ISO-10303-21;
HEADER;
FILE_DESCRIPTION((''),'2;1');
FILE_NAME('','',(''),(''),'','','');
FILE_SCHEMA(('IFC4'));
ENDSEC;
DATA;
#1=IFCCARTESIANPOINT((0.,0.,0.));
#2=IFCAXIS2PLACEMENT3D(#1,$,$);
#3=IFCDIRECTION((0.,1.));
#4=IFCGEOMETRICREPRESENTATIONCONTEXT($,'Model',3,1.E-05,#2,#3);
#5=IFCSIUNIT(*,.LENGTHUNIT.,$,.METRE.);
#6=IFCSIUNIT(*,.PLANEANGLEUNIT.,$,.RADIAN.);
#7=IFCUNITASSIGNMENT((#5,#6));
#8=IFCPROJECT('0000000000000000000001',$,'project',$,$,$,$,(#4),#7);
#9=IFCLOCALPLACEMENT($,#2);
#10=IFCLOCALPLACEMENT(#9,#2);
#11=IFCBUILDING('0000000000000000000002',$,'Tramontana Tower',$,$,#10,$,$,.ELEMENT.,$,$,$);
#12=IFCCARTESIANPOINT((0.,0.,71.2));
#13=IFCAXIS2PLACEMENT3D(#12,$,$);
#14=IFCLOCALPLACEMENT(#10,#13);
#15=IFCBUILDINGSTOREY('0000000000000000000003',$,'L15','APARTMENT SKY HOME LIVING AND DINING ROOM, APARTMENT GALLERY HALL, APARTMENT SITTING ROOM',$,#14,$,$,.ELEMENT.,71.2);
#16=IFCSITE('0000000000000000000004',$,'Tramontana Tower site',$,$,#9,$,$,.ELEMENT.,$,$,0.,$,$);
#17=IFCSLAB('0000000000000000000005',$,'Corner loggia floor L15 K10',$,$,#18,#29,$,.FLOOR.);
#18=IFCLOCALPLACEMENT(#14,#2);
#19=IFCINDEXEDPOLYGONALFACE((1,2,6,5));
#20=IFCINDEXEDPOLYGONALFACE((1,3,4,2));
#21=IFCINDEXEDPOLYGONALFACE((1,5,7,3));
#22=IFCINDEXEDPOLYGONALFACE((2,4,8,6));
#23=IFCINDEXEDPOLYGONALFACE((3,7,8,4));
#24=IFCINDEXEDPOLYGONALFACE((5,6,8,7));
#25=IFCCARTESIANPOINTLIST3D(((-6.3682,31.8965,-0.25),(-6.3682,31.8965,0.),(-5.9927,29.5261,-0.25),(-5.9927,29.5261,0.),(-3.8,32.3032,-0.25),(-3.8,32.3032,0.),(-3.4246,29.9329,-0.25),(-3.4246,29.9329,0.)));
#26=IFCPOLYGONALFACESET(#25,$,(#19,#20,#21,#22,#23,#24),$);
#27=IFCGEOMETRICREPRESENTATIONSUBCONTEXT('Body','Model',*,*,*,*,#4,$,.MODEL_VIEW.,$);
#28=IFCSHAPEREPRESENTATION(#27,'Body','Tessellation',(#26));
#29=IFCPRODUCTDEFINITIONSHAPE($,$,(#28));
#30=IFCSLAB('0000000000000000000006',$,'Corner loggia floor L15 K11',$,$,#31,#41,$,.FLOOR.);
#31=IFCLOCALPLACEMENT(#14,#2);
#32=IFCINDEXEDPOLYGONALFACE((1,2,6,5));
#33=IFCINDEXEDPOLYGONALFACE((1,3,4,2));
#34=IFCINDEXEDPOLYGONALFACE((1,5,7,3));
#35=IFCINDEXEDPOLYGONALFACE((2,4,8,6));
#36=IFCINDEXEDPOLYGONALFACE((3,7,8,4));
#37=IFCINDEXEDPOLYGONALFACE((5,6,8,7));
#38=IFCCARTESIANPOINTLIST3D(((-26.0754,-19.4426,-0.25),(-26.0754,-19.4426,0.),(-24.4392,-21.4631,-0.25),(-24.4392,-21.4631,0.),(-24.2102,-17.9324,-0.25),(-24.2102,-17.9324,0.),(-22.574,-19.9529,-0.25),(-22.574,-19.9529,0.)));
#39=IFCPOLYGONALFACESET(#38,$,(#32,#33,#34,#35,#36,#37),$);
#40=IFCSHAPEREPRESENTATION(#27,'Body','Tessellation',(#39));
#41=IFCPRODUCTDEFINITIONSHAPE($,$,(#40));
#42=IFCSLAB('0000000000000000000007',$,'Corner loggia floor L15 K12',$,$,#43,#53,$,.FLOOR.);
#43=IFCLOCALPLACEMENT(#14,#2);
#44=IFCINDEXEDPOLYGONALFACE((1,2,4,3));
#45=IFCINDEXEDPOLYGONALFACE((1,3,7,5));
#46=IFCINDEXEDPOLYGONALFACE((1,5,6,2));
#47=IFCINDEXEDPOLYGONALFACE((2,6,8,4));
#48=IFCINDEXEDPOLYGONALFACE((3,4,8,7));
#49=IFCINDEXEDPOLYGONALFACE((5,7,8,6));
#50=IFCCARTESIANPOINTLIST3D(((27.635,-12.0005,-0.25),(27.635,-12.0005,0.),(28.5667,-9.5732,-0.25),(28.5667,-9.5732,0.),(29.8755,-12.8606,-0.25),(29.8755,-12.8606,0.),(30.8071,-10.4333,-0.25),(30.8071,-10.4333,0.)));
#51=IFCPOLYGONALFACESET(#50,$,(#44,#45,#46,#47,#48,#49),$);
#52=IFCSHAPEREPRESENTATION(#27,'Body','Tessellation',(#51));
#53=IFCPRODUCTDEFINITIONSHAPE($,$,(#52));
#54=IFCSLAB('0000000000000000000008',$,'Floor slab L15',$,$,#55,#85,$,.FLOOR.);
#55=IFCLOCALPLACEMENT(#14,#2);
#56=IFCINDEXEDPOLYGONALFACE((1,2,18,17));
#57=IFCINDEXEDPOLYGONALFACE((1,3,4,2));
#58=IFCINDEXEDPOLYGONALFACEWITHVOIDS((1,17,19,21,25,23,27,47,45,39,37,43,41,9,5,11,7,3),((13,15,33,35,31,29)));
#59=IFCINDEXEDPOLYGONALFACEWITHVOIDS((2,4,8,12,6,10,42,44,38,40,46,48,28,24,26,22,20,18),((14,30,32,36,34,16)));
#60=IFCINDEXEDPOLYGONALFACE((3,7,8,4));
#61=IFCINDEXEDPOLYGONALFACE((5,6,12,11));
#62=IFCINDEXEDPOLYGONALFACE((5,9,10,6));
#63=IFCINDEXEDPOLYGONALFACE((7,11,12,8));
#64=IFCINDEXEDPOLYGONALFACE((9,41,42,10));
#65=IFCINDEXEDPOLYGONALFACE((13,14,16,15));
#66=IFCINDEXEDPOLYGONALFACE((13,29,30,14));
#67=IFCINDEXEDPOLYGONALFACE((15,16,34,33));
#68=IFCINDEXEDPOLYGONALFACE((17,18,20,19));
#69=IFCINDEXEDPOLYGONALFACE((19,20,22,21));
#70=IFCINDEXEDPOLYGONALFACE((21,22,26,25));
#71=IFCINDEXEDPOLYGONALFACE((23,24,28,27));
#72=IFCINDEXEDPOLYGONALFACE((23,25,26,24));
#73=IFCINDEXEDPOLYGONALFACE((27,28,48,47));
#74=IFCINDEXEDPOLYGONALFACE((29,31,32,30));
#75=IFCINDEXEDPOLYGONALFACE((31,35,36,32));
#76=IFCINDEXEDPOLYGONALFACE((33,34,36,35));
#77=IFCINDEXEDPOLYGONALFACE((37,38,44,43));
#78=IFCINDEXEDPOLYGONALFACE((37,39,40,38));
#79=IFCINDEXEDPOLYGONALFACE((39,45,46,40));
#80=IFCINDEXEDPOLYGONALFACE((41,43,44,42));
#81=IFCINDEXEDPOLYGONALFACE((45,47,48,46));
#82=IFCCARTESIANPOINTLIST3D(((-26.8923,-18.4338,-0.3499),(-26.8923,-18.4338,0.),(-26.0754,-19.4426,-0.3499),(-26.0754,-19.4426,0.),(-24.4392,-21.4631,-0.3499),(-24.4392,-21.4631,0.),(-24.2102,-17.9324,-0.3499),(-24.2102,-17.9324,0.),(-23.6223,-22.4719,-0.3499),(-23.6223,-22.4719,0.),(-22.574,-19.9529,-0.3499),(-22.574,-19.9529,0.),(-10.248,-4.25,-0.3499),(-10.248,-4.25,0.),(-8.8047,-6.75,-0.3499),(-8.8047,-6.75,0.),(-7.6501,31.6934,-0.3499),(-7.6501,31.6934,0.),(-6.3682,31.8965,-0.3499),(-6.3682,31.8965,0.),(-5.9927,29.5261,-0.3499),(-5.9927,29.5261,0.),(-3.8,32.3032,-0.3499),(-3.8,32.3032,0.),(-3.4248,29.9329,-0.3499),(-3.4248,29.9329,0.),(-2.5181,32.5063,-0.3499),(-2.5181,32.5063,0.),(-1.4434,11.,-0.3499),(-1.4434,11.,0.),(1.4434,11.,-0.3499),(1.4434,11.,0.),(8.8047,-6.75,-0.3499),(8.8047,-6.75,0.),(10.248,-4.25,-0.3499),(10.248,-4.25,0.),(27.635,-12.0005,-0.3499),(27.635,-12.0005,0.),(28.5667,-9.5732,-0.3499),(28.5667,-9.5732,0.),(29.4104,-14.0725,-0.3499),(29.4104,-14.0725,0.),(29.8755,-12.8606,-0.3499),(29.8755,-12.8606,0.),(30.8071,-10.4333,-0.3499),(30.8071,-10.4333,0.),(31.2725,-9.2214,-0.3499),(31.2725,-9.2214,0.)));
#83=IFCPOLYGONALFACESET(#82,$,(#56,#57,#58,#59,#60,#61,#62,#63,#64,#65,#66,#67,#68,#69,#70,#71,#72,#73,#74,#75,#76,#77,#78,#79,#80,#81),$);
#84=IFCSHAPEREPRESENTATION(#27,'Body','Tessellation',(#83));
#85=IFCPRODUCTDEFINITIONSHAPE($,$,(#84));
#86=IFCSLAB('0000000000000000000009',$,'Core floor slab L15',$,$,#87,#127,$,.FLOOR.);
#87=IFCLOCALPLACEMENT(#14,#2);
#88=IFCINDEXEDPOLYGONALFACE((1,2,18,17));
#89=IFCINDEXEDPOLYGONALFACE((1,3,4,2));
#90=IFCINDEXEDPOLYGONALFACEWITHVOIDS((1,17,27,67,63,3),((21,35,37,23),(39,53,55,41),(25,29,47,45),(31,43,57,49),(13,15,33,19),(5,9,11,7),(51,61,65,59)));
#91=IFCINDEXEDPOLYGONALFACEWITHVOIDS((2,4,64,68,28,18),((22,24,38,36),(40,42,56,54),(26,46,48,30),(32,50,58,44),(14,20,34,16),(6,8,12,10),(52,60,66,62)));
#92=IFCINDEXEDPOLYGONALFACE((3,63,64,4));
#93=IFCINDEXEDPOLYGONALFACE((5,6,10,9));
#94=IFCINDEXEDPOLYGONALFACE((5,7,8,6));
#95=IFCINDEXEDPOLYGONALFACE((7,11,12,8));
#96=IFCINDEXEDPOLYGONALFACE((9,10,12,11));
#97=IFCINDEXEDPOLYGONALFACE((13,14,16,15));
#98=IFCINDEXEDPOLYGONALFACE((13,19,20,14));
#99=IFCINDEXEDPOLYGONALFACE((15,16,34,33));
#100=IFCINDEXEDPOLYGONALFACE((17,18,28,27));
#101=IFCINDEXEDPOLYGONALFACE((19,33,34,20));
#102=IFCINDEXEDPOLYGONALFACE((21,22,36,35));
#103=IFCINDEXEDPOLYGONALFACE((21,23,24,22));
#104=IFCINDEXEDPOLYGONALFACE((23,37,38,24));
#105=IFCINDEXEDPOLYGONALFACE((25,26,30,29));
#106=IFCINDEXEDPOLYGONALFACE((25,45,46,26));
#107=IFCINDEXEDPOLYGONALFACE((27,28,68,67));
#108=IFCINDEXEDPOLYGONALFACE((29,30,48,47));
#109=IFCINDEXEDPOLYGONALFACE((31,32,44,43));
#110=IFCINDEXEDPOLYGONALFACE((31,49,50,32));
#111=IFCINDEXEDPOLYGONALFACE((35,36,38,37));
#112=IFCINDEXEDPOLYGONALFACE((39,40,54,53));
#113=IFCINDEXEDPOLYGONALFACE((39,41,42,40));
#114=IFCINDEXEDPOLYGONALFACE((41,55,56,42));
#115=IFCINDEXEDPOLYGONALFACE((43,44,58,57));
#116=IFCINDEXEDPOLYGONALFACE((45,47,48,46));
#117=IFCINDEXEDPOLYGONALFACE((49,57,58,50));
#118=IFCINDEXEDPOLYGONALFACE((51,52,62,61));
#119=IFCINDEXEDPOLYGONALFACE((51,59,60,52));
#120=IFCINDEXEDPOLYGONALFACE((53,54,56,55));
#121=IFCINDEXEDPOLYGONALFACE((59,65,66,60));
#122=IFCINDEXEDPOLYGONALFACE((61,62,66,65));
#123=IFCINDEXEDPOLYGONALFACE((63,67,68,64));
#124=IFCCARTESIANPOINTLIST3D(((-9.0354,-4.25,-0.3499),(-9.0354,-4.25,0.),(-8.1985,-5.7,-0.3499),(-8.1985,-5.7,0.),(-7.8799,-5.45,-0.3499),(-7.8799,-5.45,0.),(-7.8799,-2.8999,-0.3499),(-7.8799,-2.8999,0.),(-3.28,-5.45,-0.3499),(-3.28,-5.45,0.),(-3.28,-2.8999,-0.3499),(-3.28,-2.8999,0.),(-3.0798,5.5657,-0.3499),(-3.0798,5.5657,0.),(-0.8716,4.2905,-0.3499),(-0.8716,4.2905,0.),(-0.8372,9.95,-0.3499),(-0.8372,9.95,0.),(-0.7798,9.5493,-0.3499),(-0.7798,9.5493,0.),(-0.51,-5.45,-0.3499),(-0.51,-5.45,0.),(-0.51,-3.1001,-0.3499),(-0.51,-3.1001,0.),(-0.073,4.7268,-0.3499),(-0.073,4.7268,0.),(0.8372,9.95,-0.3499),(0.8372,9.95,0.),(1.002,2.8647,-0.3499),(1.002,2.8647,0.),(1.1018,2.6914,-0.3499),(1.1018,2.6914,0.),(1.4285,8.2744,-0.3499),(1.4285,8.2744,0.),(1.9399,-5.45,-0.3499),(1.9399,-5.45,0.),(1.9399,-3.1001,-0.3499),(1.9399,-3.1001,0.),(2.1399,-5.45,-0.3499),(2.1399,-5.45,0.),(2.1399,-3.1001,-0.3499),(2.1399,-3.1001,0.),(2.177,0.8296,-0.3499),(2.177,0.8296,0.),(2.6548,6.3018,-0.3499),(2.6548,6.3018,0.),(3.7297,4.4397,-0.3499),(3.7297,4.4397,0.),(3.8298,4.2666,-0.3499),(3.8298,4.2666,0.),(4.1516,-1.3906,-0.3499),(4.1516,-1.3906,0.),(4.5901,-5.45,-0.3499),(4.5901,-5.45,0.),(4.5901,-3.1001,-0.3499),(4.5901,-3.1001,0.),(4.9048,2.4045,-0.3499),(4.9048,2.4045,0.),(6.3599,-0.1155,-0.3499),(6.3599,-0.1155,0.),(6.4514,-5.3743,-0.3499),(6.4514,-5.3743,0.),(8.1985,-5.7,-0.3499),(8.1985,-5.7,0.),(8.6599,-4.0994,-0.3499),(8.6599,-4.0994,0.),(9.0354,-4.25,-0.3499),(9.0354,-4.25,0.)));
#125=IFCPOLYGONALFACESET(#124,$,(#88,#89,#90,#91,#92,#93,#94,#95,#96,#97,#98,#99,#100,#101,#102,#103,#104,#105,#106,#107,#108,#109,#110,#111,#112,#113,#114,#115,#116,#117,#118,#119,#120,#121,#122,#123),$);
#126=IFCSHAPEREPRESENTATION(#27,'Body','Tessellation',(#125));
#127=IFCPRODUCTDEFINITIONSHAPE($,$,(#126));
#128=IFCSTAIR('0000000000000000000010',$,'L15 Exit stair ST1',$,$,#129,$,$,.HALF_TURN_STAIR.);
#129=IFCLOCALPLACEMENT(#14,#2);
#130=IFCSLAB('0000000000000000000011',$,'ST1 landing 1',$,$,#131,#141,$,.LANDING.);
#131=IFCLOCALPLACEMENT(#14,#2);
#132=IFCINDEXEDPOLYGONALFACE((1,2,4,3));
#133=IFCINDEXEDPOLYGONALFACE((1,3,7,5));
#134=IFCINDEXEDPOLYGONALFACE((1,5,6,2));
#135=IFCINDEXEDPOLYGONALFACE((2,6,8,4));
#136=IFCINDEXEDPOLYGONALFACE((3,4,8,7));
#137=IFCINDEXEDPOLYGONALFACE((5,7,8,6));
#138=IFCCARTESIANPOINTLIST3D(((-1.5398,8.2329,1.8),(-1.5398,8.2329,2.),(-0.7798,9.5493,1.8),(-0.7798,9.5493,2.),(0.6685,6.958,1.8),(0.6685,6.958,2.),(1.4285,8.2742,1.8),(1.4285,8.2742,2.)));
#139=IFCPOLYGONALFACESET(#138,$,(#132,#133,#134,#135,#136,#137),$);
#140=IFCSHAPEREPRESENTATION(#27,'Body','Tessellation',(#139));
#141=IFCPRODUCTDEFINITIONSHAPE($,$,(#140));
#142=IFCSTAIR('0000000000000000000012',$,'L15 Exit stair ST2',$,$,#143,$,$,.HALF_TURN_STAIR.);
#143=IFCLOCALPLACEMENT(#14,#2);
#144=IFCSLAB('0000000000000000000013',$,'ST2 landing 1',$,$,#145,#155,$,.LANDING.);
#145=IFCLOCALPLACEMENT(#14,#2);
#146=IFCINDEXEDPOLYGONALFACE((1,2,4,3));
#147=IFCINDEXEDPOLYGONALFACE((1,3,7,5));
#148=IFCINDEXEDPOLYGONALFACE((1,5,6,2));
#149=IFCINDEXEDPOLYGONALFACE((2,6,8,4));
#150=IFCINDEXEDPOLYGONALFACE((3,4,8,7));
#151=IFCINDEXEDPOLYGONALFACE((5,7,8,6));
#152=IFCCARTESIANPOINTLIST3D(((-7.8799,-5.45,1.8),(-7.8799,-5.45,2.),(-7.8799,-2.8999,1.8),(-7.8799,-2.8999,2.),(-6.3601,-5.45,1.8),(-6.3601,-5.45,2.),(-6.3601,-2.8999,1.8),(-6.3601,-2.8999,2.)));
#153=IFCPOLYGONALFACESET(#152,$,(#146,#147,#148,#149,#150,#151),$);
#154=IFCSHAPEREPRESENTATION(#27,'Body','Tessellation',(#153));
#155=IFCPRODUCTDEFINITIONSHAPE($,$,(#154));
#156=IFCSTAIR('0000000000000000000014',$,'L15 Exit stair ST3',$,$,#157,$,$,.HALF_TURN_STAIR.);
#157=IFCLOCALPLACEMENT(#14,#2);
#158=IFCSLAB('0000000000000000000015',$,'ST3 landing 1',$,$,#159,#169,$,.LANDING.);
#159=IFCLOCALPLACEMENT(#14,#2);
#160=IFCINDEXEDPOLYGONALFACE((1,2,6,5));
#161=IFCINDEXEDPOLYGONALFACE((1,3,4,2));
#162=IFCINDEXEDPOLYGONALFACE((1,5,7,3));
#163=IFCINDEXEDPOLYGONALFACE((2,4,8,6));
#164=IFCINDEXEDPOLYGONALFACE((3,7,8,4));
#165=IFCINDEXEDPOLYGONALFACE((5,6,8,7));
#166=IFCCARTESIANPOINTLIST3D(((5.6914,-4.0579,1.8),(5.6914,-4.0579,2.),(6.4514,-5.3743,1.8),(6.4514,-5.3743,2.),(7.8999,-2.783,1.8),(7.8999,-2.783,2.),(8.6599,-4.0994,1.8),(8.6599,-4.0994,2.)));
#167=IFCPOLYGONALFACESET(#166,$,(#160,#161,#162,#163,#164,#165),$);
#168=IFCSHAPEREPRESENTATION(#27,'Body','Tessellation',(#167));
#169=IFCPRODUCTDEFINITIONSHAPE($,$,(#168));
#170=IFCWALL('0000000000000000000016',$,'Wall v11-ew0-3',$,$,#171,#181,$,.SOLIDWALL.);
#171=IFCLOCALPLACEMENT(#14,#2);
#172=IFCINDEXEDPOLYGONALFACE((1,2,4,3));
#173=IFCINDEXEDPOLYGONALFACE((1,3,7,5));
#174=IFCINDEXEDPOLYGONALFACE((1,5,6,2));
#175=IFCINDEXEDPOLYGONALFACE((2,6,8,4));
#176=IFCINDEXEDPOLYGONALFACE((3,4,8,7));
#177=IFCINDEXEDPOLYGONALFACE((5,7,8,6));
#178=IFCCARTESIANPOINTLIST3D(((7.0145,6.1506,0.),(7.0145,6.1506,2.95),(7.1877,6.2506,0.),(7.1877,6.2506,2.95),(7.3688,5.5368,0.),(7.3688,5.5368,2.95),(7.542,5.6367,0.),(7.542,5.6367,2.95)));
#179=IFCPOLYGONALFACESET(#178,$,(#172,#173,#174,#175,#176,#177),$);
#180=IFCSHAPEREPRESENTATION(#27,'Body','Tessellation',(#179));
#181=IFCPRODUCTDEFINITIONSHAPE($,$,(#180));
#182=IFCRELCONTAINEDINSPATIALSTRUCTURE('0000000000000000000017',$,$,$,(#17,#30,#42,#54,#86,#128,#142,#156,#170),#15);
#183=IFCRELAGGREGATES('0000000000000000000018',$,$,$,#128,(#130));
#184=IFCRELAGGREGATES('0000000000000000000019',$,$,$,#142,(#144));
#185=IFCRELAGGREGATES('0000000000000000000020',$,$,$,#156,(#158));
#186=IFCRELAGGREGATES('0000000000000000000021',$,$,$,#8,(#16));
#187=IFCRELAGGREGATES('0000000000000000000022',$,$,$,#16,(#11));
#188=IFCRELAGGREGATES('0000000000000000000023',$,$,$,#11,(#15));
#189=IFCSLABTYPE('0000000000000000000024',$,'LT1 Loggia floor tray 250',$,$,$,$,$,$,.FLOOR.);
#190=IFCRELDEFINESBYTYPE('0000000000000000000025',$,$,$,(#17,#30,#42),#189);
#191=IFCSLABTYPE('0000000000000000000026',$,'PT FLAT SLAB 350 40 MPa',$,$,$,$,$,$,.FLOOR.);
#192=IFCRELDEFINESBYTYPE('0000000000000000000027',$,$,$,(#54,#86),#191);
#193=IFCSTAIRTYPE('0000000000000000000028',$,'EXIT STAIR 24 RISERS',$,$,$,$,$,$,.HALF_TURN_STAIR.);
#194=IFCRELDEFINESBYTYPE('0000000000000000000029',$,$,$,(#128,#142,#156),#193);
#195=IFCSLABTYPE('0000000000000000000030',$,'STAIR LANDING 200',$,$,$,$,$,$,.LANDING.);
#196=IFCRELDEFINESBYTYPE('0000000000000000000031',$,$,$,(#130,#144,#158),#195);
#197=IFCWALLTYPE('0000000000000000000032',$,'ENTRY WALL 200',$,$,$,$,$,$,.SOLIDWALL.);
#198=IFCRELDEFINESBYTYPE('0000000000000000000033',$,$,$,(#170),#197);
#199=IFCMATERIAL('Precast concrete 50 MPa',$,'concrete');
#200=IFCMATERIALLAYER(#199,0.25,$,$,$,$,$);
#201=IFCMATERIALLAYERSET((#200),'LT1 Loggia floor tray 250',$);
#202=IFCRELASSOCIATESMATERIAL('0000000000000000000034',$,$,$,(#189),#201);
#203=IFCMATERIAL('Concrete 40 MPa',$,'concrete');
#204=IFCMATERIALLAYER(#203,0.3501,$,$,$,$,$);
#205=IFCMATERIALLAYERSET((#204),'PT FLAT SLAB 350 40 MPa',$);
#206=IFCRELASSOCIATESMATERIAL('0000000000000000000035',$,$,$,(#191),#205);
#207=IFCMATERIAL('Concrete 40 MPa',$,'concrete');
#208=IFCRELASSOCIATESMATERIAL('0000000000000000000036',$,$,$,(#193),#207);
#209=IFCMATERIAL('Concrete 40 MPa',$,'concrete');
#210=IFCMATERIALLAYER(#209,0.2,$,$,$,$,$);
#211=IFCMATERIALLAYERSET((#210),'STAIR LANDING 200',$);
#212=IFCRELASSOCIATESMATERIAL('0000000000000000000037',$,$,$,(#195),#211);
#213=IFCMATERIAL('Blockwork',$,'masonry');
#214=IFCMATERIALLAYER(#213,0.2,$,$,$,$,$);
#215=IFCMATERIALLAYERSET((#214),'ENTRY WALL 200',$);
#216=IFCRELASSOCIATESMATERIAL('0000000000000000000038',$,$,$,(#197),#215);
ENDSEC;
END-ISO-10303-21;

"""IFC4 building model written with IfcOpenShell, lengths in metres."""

from ifc_helpers import new_model, si_unit, direction, frame, frame_2d, origin, place, context, subcontext, project, spatial, polyline, rectangle, outline, extrude, material, layer, layer_set, type_object, element, aggregate, save


model = new_model("IFC4")

# Units and contexts
model_context = context("Model", 3, precision=1e-05, world=origin(), true_north=direction((0.0, 1.0)))
body_context = subcontext(model_context, "Body", "Model", "MODEL_VIEW")
ifc_project = project(units=[si_unit("LENGTHUNIT", "METRE"), si_unit("PLANEANGLEUNIT", "RADIAN")], contexts=[model_context])

# Site, building, storey
site_placement = place(None, origin())
site = spatial("IfcSite", under=ifc_project, at=site_placement, Name="Tramontana Tower site", CompositionType="ELEMENT", RefElevation=0.0)
building_placement = place(site_placement, origin())
building = spatial("IfcBuilding", under=site, at=building_placement, Name="Tramontana Tower", CompositionType="ELEMENT")
storey_placement = place(building_placement, frame((0.0, 0.0, 71.2)))
storey = spatial("IfcBuildingStorey", under=building, at=storey_placement, Name="L15", Description="APARTMENT SKY HOME LIVING AND DINING ROOM, APARTMENT GALLERY HALL, APARTMENT SITTING ROOM", CompositionType="ELEMENT", Elevation=71.2)

# Slabs
ifc_material_1 = material(Name="Precast concrete 50 MPa", Category="concrete")
ifc_layer_1 = layer(ifc_material_1, 0.25)
ifc_layer_set_1 = layer_set([ifc_layer_1], Name="LT1 Loggia floor tray 250")
slab_type_1 = type_object("IfcSlabType", Name="LT1 Loggia floor tray 250", PredefinedType="FLOOR", material=ifc_layer_set_1)
slab_1_placement = place(storey_placement, frame((0.0, 0.0, -0.25)))
element("IfcSlab", 1, at=slab_1_placement, inside=storey, type_object=slab_type_1, Name="Corner loggia floor L15 K10", PredefinedType="FLOOR", context=body_context, shape_type="SweptSolid", body=[
    extrude(outline(polyline([(-3.8, 32.3032), (-3.4246, 29.9329), (-5.9927, 29.5261), (-6.3682, 31.8965), (-3.8, 32.3032)])), origin(), (0.0, 0.0, 1.0), 0.25),
])
slab_2_placement = place(storey_placement, frame((0.0, 0.0, -0.25)))
element("IfcSlab", 2, at=slab_2_placement, inside=storey, type_object=slab_type_1, Name="Corner loggia floor L15 K11", PredefinedType="FLOOR", context=body_context, shape_type="SweptSolid", body=[
    extrude(outline(polyline([(-26.0754, -19.4426), (-24.2102, -17.9324), (-22.574, -19.9529), (-24.4392, -21.4631), (-26.0754, -19.4426)])), origin(), (0.0, 0.0, 1.0), 0.25),
])
slab_3_placement = place(storey_placement, frame((0.0, 0.0, -0.25)))
element("IfcSlab", 3, at=slab_3_placement, inside=storey, type_object=slab_type_1, Name="Corner loggia floor L15 K12", PredefinedType="FLOOR", context=body_context, shape_type="SweptSolid", body=[
    extrude(outline(polyline([(29.8755, -12.8606), (27.635, -12.0005), (28.5667, -9.5732), (30.8071, -10.4333), (29.8755, -12.8606)])), origin(), (0.0, 0.0, 1.0), 0.25),
])
ifc_material_2 = material(Name="Concrete 40 MPa", Category="concrete")
ifc_layer_2 = layer(ifc_material_2, 0.3501)
ifc_layer_set_2 = layer_set([ifc_layer_2], Name="PT FLAT SLAB 350 40 MPa")
slab_type_2 = type_object("IfcSlabType", Name="PT FLAT SLAB 350 40 MPa", PredefinedType="FLOOR", material=ifc_layer_set_2)
slab_4_placement = place(storey_placement, frame((0.0, 0.0, -0.3499)))
element("IfcSlab", 4, at=slab_4_placement, inside=storey, type_object=slab_type_2, Name="Floor slab L15", PredefinedType="FLOOR", context=body_context, shape_type="SweptSolid", body=[
    extrude(outline(polyline([(30.8071, -10.4333), (28.5667, -9.5732), (27.635, -12.0005), (29.8755, -12.8606), (29.4104, -14.0725), (-23.6223, -22.4719), (-24.4392, -21.4631), (-22.574, -19.9529), (-24.2102, -17.9324), (-26.0754, -19.4426), (-26.8923, -18.4338), (-7.6501, 31.6934), (-6.3682, 31.8965), (-5.9927, 29.5261), (-3.4248, 29.9329), (-3.8, 32.3032), (-2.5181, 32.5063), (31.2725, -9.2214), (30.8071, -10.4333)]), holes=[polyline([(-10.248, -4.25), (-8.8047, -6.75), (8.8047, -6.75), (10.248, -4.25), (1.4434, 11.0), (-1.4434, 11.0), (-10.248, -4.25)])]), origin(), (0.0, 0.0, 1.0), 0.3499),
])
slab_5_placement = place(storey_placement, frame((0.0, 0.0, -0.3499)))
element("IfcSlab", 5, at=slab_5_placement, inside=storey, type_object=slab_type_2, Name="Core floor slab L15", PredefinedType="FLOOR", context=body_context, shape_type="SweptSolid", body=[
    extrude(outline(polyline([(9.0354, -4.25), (8.1985, -5.7), (-8.1985, -5.7), (-9.0354, -4.25), (-0.8372, 9.95), (0.8372, 9.95), (9.0354, -4.25)]), holes=[polyline([(8.6599, -4.0994), (6.3599, -0.1155), (4.1516, -1.3906), (6.4514, -5.3743), (8.6599, -4.0994)]), polyline([(3.8298, 4.2666), (1.1018, 2.6914), (2.177, 0.8296), (4.9048, 2.4045), (3.8298, 4.2666)]), polyline([(4.5901, -3.1001), (2.1399, -3.1001), (2.1399, -5.45), (4.5901, -5.45), (4.5901, -3.1001)]), polyline([(2.6548, 6.3018), (-0.073, 4.7268), (1.002, 2.8647), (3.7297, 4.4397), (2.6548, 6.3018)]), polyline([(1.9399, -5.45), (1.9399, -3.1001), (-0.51, -3.1001), (-0.51, -5.45), (1.9399, -5.45)]), polyline([(-0.7798, 9.5493), (-3.0798, 5.5657), (-0.8716, 4.2905), (1.4285, 8.2744), (-0.7798, 9.5493)]), polyline([(-7.8799, -5.45), (-3.28, -5.45), (-3.28, -2.8999), (-7.8799, -2.8999), (-7.8799, -5.45)])]), origin(), (0.0, 0.0, 1.0), 0.3499),
])

# Stairs, slabs
ifc_material_3 = material(Name="Concrete 40 MPa", Category="concrete")
stair_type = type_object("IfcStairType", Name="EXIT STAIR 24 RISERS", PredefinedType="HALF_TURN_STAIR", material=ifc_material_3)
stair_1_placement = place(storey_placement, origin())
stair_1 = element("IfcStair", 6, at=stair_1_placement, inside=storey, type_object=stair_type, Name="L15 Exit stair ST1", PredefinedType="HALF_TURN_STAIR")
ifc_material_4 = material(Name="Concrete 40 MPa", Category="concrete")
ifc_layer_3 = layer(ifc_material_4, 0.2)
ifc_layer_set_3 = layer_set([ifc_layer_3], Name="STAIR LANDING 200")
slab_type_3 = type_object("IfcSlabType", Name="STAIR LANDING 200", PredefinedType="LANDING", material=ifc_layer_set_3)
slab_6_placement = place(storey_placement, frame((0.0, 0.0, 1.8)))
slab_6 = element("IfcSlab", 7, at=slab_6_placement, type_object=slab_type_3, Name="ST1 landing 1", PredefinedType="LANDING", context=body_context, shape_type="SweptSolid", body=[
    extrude(outline(polyline([(0.6685, 6.958), (1.4285, 8.2742), (-0.7798, 9.5493), (-1.5398, 8.2329), (0.6685, 6.958)])), origin(), (0.0, 0.0, 1.0), 0.2),
])
aggregate(stair_1, [slab_6])
stair_2_placement = place(storey_placement, origin())
stair_2 = element("IfcStair", 8, at=stair_2_placement, inside=storey, type_object=stair_type, Name="L15 Exit stair ST2", PredefinedType="HALF_TURN_STAIR")
slab_7_placement = place(storey_placement, frame((0.0, 0.0, 1.8)))
slab_7 = element("IfcSlab", 9, at=slab_7_placement, type_object=slab_type_3, Name="ST2 landing 1", PredefinedType="LANDING", context=body_context, shape_type="SweptSolid", body=[
    extrude(outline(polyline([(-6.3601, -2.8999), (-7.8799, -2.8999), (-7.8799, -5.45), (-6.3601, -5.45), (-6.3601, -2.8999)])), origin(), (0.0, 0.0, 1.0), 0.2),
])
aggregate(stair_2, [slab_7])
stair_3_placement = place(storey_placement, origin())
stair_3 = element("IfcStair", 10, at=stair_3_placement, inside=storey, type_object=stair_type, Name="L15 Exit stair ST3", PredefinedType="HALF_TURN_STAIR")
slab_8_placement = place(storey_placement, frame((0.0, 0.0, 1.8)))
slab_8 = element("IfcSlab", 11, at=slab_8_placement, type_object=slab_type_3, Name="ST3 landing 1", PredefinedType="LANDING", context=body_context, shape_type="SweptSolid", body=[
    extrude(outline(polyline([(5.6914, -4.0579), (6.4514, -5.3743), (8.6599, -4.0994), (7.8999, -2.783), (5.6914, -4.0579)])), origin(), (0.0, 0.0, 1.0), 0.2),
])

# Wall
ifc_material_5 = material(Name="Blockwork", Category="masonry")
ifc_layer_4 = layer(ifc_material_5, 0.2)
ifc_layer_set_4 = layer_set([ifc_layer_4], Name="ENTRY WALL 200")
wall_type_1 = type_object("IfcWallType", Name="ENTRY WALL 200", PredefinedType="SOLIDWALL", material=ifc_layer_set_4)
wall_1_placement = place(storey_placement, frame((7.1011, 6.2007, 0.0), z_axis=(0.0, 0.0, 1.0), x_axis=(0.499882, -0.866094, 0.0)))
element("IfcWall", 12, at=wall_1_placement, inside=storey, type_object=wall_type_1, Name="Wall v11-ew0-3", PredefinedType="SOLIDWALL", context=body_context, shape_type="SweptSolid", body=[
    extrude(rectangle(XDim=0.7087, YDim=0.2, at=frame_2d((0.3545, 0.0))), origin(), (0.0, 0.0, 1.0), 2.95),
])

aggregate(stair_3, [slab_8])

save(model, "model.ifc")
